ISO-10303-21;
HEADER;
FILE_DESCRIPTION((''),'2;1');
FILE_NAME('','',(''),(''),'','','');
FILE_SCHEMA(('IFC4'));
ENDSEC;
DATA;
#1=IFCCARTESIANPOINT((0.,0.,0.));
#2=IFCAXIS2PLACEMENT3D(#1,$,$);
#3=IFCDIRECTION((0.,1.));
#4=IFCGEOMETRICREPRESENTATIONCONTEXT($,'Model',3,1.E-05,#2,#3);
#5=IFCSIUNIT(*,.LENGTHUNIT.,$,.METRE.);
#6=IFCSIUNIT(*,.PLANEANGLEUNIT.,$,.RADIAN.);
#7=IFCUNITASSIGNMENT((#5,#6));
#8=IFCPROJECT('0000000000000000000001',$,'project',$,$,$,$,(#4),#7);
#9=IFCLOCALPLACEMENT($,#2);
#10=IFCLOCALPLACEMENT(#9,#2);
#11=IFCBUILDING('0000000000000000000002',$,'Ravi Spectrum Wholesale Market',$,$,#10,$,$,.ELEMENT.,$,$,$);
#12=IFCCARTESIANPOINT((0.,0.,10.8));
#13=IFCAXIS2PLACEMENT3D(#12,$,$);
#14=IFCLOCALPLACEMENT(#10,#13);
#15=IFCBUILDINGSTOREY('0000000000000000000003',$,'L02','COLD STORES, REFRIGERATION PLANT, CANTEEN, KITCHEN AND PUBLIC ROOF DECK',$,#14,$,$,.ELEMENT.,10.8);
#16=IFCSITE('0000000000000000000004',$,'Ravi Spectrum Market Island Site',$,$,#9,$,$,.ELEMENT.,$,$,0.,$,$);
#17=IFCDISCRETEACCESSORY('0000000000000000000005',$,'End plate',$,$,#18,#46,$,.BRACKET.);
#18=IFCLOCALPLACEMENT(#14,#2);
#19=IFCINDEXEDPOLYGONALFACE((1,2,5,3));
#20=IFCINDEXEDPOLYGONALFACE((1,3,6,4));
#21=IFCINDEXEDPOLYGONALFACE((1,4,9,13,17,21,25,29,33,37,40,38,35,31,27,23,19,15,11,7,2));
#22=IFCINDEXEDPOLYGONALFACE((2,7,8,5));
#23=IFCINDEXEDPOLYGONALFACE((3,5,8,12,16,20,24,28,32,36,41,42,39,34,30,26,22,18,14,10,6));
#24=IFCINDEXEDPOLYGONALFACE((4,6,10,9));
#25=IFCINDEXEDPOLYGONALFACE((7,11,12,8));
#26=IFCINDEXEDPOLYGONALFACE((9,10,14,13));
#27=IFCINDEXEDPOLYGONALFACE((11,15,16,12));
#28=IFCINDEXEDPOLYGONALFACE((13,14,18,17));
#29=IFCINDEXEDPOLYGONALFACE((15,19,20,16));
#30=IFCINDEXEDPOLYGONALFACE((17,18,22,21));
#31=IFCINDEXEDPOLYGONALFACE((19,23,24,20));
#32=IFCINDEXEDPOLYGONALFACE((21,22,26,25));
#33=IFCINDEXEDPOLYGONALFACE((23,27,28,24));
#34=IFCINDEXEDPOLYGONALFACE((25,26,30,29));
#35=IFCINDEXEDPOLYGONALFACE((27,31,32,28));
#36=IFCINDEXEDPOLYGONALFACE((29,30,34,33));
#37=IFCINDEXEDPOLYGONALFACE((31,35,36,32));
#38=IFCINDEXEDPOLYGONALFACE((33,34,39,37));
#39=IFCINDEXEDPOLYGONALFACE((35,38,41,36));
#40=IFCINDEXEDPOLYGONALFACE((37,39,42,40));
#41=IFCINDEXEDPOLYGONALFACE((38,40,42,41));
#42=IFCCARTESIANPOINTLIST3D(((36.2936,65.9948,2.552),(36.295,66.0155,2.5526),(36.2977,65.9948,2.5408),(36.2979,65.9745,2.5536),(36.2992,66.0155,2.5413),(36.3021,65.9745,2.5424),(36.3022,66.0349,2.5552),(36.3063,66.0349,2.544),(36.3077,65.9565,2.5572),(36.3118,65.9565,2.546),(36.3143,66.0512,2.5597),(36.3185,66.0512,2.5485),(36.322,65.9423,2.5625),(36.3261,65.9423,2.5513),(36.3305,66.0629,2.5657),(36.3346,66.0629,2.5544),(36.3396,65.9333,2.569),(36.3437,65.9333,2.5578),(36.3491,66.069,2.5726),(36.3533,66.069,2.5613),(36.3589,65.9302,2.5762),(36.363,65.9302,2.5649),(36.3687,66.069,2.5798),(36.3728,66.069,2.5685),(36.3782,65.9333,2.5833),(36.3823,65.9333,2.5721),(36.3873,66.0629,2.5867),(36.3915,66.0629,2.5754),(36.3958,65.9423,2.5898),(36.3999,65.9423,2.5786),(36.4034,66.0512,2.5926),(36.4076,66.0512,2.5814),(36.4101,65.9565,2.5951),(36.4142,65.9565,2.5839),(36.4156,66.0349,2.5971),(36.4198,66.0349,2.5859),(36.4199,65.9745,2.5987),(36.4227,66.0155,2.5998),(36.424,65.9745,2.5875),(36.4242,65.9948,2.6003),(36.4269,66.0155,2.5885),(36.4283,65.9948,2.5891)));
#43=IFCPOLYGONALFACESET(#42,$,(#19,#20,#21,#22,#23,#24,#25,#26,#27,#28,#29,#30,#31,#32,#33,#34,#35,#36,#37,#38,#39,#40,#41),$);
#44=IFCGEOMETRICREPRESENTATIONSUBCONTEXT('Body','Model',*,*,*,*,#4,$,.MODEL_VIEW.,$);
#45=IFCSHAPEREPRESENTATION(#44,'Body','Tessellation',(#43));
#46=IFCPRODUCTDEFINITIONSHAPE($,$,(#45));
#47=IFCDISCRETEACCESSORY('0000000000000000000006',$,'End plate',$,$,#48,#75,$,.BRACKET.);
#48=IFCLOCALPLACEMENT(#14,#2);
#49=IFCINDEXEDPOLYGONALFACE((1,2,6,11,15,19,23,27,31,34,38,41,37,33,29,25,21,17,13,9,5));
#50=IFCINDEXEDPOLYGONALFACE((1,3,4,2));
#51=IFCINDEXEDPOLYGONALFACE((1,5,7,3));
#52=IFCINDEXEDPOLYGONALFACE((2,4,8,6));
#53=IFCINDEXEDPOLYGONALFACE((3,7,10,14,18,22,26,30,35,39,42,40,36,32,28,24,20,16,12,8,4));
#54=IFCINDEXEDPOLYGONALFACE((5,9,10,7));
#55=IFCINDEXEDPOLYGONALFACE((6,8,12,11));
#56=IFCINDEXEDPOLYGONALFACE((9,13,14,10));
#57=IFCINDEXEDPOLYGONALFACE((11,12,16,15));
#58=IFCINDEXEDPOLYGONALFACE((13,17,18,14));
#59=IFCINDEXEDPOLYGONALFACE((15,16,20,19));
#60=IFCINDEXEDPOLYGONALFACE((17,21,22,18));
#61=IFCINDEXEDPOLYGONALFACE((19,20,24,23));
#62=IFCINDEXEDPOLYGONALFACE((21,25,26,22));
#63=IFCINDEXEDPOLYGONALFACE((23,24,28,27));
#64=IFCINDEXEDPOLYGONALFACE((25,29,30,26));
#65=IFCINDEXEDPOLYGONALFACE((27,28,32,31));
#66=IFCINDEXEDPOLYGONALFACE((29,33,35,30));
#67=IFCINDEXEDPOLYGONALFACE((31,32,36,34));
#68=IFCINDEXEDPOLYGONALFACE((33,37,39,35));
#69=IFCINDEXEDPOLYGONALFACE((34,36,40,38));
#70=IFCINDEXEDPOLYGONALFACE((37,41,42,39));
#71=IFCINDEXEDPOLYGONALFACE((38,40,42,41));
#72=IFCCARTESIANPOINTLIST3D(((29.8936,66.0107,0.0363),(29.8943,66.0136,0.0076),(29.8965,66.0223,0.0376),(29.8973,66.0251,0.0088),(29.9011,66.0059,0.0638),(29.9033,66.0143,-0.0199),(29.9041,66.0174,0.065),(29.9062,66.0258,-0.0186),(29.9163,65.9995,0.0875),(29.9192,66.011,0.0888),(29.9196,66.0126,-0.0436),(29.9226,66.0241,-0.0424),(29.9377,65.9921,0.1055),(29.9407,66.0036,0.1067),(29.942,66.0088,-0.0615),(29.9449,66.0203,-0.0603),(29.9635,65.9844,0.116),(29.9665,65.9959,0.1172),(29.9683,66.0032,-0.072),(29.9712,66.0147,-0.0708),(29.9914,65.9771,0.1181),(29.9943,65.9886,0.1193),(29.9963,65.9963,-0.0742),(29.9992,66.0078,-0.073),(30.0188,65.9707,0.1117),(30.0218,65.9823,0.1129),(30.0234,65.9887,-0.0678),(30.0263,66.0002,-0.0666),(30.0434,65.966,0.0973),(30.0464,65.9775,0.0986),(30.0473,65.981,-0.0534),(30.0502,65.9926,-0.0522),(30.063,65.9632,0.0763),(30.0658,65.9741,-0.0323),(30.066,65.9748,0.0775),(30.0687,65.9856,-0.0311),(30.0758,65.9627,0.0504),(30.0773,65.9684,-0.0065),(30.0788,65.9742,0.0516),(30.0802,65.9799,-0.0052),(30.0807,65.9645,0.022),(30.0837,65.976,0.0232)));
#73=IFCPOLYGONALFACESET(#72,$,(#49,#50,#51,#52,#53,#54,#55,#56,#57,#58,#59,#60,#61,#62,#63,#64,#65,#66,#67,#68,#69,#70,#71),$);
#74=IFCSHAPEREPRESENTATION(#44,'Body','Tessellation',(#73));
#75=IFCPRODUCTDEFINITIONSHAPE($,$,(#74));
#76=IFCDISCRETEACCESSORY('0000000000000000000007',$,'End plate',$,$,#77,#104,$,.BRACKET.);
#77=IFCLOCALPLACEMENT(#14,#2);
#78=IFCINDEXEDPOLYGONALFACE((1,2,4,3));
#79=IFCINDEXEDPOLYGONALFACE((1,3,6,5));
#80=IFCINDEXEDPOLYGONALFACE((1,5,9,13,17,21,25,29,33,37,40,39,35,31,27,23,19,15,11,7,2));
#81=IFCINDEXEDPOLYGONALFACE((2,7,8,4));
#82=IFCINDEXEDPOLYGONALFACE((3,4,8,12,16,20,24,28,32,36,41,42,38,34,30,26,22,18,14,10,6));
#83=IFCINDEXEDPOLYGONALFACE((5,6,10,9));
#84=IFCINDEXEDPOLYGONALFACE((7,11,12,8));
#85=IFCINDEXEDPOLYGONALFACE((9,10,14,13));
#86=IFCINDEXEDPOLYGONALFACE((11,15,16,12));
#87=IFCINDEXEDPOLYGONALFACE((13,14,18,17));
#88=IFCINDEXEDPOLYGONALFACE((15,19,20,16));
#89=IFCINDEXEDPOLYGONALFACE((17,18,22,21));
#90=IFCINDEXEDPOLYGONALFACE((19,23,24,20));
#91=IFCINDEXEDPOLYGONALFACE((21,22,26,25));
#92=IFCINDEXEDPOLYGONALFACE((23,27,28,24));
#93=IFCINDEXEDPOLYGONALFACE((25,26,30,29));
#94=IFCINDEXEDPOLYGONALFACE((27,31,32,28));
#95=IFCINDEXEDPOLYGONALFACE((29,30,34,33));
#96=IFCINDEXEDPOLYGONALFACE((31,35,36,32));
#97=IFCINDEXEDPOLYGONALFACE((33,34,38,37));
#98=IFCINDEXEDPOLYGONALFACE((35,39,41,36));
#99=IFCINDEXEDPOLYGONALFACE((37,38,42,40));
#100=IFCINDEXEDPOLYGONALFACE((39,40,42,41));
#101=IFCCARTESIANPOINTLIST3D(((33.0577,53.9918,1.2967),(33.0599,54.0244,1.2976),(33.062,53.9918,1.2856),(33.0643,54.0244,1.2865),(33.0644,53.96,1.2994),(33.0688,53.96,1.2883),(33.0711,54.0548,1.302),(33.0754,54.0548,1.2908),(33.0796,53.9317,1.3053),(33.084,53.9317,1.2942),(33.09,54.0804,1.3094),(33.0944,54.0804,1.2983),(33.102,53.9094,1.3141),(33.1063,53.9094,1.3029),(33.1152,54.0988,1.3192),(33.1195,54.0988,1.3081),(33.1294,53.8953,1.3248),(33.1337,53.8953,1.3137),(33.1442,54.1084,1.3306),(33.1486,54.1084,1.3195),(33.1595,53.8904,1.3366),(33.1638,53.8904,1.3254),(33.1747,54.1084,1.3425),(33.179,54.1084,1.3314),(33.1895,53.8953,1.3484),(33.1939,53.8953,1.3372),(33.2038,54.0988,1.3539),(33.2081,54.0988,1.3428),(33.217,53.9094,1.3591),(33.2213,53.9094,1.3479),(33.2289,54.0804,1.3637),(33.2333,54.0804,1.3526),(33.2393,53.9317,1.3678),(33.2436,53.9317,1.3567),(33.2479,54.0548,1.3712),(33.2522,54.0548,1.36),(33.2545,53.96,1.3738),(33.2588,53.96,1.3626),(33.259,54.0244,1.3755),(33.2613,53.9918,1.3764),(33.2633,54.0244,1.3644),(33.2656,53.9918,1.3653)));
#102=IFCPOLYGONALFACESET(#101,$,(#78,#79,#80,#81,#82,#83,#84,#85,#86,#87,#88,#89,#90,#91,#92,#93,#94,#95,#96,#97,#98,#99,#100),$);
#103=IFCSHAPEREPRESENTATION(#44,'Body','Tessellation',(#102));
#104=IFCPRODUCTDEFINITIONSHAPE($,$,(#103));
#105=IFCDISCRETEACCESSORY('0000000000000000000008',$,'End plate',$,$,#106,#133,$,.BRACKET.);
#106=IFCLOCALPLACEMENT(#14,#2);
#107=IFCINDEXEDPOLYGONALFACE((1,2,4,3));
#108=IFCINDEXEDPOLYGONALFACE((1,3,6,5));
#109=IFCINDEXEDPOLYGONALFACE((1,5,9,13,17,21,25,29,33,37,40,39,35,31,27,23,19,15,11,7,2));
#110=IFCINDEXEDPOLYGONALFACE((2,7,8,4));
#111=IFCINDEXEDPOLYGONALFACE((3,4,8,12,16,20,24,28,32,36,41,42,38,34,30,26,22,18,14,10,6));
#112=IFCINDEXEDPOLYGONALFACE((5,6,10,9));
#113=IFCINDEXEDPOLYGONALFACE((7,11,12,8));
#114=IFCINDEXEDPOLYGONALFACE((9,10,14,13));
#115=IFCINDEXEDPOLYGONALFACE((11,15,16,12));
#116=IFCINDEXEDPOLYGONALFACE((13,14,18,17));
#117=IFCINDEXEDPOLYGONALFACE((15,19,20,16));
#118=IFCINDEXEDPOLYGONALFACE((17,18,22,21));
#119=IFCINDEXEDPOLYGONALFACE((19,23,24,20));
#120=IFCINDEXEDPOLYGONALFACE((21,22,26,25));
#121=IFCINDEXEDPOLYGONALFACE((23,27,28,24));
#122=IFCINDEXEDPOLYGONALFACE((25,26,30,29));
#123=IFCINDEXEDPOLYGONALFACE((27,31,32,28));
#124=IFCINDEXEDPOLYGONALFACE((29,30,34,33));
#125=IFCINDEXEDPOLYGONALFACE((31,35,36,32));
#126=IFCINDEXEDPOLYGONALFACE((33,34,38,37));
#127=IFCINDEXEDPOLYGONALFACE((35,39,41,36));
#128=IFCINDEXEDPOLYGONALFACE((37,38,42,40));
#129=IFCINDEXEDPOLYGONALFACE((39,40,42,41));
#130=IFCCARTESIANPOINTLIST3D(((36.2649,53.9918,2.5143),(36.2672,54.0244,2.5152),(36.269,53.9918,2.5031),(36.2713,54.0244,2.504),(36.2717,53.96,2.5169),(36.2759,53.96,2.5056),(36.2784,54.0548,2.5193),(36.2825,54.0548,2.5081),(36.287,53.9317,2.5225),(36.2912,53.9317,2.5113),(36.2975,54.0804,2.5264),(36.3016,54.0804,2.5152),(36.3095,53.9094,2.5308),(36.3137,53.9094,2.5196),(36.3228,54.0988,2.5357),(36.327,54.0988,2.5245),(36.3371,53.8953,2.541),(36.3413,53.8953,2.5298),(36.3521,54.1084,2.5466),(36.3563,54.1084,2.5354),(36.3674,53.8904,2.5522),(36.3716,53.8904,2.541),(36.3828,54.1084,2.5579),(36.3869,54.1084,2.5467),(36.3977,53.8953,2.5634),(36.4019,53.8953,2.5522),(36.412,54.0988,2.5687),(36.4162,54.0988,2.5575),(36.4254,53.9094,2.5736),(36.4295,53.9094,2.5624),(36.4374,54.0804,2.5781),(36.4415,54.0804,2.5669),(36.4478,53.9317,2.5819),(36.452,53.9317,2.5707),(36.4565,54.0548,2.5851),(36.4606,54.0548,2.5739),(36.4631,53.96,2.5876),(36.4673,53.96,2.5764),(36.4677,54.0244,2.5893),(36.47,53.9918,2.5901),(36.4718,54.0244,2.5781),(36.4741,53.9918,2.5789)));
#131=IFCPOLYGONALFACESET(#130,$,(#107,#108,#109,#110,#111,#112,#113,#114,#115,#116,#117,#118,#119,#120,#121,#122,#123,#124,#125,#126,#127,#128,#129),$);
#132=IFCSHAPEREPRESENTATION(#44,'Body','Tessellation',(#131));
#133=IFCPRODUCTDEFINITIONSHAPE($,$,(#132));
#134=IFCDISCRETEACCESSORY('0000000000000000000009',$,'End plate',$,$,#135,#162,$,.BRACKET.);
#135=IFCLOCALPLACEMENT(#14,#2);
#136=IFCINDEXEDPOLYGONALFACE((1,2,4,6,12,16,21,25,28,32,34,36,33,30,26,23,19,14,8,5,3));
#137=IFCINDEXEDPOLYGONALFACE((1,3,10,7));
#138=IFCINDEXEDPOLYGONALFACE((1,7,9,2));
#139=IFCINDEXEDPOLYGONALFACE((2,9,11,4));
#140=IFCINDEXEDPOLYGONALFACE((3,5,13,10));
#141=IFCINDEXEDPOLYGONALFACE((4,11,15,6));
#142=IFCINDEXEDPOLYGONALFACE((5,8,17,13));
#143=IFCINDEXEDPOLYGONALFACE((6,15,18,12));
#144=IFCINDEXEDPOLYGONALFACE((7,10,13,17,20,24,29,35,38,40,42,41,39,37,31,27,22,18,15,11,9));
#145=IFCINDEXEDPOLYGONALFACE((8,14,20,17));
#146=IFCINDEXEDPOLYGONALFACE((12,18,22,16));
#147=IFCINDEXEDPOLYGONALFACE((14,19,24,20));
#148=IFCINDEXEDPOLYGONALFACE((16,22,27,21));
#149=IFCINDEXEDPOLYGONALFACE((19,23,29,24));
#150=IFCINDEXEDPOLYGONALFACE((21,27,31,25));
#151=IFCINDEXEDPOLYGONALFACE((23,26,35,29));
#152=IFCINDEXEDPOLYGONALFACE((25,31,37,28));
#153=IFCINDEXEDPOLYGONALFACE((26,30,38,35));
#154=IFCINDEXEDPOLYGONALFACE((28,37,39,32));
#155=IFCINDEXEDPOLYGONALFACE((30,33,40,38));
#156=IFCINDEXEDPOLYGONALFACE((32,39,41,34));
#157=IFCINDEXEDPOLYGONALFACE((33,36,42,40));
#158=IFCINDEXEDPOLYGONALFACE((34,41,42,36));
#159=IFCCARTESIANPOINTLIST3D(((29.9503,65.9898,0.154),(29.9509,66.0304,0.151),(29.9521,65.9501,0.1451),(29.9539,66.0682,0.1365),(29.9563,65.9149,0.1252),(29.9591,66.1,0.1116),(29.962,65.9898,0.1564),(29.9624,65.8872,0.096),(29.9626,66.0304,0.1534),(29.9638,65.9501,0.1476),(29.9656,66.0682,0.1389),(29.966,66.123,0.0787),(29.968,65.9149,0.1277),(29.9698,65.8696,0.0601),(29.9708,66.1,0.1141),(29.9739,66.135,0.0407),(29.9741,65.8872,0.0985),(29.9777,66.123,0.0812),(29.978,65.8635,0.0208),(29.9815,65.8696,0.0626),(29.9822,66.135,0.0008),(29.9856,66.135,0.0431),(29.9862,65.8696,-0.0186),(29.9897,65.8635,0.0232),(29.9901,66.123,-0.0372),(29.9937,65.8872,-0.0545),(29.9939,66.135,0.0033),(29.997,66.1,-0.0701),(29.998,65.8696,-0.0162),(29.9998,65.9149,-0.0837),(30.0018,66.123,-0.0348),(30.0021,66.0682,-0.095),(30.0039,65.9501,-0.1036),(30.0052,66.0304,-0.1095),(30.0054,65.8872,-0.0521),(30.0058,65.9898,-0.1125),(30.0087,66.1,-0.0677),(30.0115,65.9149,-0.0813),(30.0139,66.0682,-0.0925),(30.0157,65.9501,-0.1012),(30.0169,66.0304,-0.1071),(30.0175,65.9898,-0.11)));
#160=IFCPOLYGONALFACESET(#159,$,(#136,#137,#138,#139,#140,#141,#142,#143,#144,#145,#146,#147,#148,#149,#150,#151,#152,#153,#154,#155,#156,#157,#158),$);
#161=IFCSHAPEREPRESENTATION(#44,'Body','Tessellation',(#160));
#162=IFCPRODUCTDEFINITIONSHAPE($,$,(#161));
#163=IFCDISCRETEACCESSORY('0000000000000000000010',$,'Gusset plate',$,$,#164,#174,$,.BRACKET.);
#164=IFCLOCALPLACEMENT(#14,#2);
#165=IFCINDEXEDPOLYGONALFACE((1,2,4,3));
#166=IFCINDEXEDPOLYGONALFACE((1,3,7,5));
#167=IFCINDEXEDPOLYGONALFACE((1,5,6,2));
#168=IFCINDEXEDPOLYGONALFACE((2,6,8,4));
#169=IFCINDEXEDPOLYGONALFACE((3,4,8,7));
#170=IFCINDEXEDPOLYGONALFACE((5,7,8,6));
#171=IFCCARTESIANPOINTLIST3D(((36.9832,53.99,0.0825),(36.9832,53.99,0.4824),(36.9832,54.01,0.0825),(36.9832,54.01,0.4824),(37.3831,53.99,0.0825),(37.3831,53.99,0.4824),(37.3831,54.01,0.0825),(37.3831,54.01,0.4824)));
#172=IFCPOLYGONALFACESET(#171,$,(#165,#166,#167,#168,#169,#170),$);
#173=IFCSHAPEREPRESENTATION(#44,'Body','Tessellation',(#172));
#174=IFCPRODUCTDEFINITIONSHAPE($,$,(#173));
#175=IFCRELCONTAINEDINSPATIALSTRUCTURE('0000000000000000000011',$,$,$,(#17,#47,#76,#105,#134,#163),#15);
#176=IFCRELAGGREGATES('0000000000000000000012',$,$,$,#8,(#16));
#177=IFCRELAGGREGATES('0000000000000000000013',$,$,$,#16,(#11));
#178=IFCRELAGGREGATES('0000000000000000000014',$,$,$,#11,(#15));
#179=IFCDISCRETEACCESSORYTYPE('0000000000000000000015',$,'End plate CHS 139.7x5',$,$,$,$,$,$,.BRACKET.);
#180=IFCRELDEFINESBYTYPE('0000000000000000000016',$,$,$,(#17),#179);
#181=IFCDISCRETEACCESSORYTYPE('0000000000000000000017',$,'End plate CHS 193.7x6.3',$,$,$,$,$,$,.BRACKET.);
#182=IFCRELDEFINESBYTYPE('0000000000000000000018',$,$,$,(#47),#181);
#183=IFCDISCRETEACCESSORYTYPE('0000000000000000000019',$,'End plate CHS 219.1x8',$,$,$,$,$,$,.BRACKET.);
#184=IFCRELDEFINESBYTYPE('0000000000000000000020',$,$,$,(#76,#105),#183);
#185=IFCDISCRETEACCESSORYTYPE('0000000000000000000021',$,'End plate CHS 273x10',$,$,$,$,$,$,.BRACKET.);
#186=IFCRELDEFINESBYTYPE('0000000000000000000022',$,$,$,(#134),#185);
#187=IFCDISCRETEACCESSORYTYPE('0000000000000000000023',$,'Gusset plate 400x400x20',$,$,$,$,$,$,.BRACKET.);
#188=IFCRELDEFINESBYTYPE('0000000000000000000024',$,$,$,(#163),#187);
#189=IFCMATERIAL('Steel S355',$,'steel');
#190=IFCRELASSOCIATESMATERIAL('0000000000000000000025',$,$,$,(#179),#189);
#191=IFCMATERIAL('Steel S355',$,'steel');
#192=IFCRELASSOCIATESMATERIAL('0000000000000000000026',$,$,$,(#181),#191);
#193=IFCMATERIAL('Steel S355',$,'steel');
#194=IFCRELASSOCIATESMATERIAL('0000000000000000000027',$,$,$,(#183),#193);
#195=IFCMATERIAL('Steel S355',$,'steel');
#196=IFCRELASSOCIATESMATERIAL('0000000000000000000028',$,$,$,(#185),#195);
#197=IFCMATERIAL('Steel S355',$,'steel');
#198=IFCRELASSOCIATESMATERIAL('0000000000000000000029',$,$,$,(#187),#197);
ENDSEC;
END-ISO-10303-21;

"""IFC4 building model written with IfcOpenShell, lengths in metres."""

from ifc_helpers import new_model, si_unit, direction, frame, origin, origin_2d, place, context, subcontext, project, spatial, rectangle, circle, extrude, material, material_profile, profile_set, type_object, element, save


model = new_model("IFC4")

# Units and contexts
model_context = context("Model", 3, precision=1e-05, world=origin(), true_north=direction((0.0, 1.0)))
body_context = subcontext(model_context, "Body", "Model", "MODEL_VIEW")
ifc_project = project(units=[si_unit("LENGTHUNIT", "METRE"), si_unit("PLANEANGLEUNIT", "RADIAN")], contexts=[model_context])

# Site, building, storey
site_placement = place(None, origin())
site = spatial("IfcSite", under=ifc_project, at=site_placement, Name="Ravi Spectrum Market Island Site", CompositionType="ELEMENT", RefElevation=0.0)
building_placement = place(site_placement, origin())
building = spatial("IfcBuilding", under=site, at=building_placement, Name="Ravi Spectrum Wholesale Market", CompositionType="ELEMENT")
storey_placement = place(building_placement, frame((0.0, 0.0, 10.8)))
storey = spatial("IfcBuildingStorey", under=building, at=storey_placement, Name="L02", Description="COLD STORES, REFRIGERATION PLANT, CANTEEN, KITCHEN AND PUBLIC ROOF DECK", CompositionType="ELEMENT", Elevation=10.8)

# Discrete accessories
ifc_material_1 = material(Name="Steel S355", Category="steel")
ifc_material_profile_1 = material_profile(ifc_material_1, circle(Radius=0.0698, at=origin_2d()))
ifc_profile_set_1 = profile_set([ifc_material_profile_1], Name="Steel S355")
discrete_accessory_type_1 = type_object("IfcDiscreteAccessoryType", Name="End plate CHS 139.7x5", PredefinedType="BRACKET", material=ifc_profile_set_1)
discrete_accessory_1_placement = place(storey_placement, frame((36.363, 66.0, 2.5649), z_axis=(-0.34665, 0.0, 0.937994), x_axis=(0.0, -1.0, 0.0)))
element("IfcDiscreteAccessory", 1, at=discrete_accessory_1_placement, inside=storey, type_object=discrete_accessory_type_1, Name="End plate", PredefinedType="BRACKET", context=body_context, shape_type="SweptSolid", body=[
    extrude(circle(Radius=0.0698, at=origin_2d()), origin(), (0.0, 0.0, 1.0), 0.012),
])
ifc_material_2 = material(Name="Steel S355", Category="steel")
ifc_material_profile_2 = material_profile(ifc_material_2, circle(Radius=0.0969, at=origin_2d()))
ifc_profile_set_2 = profile_set([ifc_material_profile_2], Name="Steel S355")
discrete_accessory_type_2 = type_object("IfcDiscreteAccessoryType", Name="End plate CHS 193.7x6.3", PredefinedType="BRACKET", material=ifc_profile_set_2)
discrete_accessory_2_placement = place(storey_placement, frame((29.9897, 66.0, 0.0232), z_axis=(-0.246079, -0.963811, -0.102533), x_axis=(0.968918, -0.247383, 0.0)))
element("IfcDiscreteAccessory", 2, at=discrete_accessory_2_placement, inside=storey, type_object=discrete_accessory_type_2, Name="End plate", PredefinedType="BRACKET", context=body_context, shape_type="SweptSolid", body=[
    extrude(circle(Radius=0.0969, at=origin_2d()), origin(), (0.0, 0.0, 1.0), 0.012),
])
ifc_material_3 = material(Name="Steel S355", Category="steel")
ifc_material_profile_3 = material_profile(ifc_material_3, circle(Radius=0.1096, at=origin_2d()))
ifc_profile_set_3 = profile_set([ifc_material_profile_3], Name="Steel S355")
discrete_accessory_type_3 = type_object("IfcDiscreteAccessoryType", Name="End plate CHS 219.1x8", PredefinedType="BRACKET", material=ifc_profile_set_3)
for number, where, z_axis, x_axis, name in (
    (3, (33.1638, 54.0, 1.3254), (-0.364399, 0.0, 0.931243), (0.0, -1.0, 0.0), "End plate"),
    (4, (36.3716, 54.0, 2.541), (-0.34665, 0.0, 0.937994), (0.0, -1.0, 0.0), "End plate"),
):
    element("IfcDiscreteAccessory", number, at=place(storey_placement, frame(where, z_axis=z_axis, x_axis=x_axis)), inside=storey, type_object=discrete_accessory_type_3, Name=name, PredefinedType="BRACKET", context=body_context, shape_type="SweptSolid", body=[
        extrude(circle(Radius=0.1096, at=origin_2d()), origin(), (0.0, 0.0, 1.0), 0.012),
    ])
ifc_material_4 = material(Name="Steel S355", Category="steel")
ifc_material_profile_4 = material_profile(ifc_material_4, circle(Radius=0.1365, at=origin_2d()))
ifc_profile_set_4 = profile_set([ifc_material_profile_4], Name="Steel S355")
discrete_accessory_type_4 = type_object("IfcDiscreteAccessoryType", Name="End plate CHS 273x10", PredefinedType="BRACKET", material=ifc_profile_set_4)
discrete_accessory_3_placement = place(storey_placement, frame((29.9897, 66.0, 0.0232), z_axis=(-0.97898, 0.0, -0.203954), x_axis=(0.0, -1.0, 0.0)))
element("IfcDiscreteAccessory", 5, at=discrete_accessory_3_placement, inside=storey, type_object=discrete_accessory_type_4, Name="End plate", PredefinedType="BRACKET", context=body_context, shape_type="SweptSolid", body=[
    extrude(circle(Radius=0.1365, at=origin_2d()), origin(), (0.0, 0.0, 1.0), 0.012),
])
ifc_material_5 = material(Name="Steel S355", Category="steel")
ifc_material_profile_5 = material_profile(ifc_material_5, rectangle(XDim=0.3999, YDim=0.02, at=origin_2d()))
ifc_profile_set_5 = profile_set([ifc_material_profile_5], Name="Steel S355")
discrete_accessory_type_5 = type_object("IfcDiscreteAccessoryType", Name="Gusset plate 400x400x20", PredefinedType="BRACKET", material=ifc_profile_set_5)
discrete_accessory_4_placement = place(storey_placement, frame((37.1831, 54.0, 0.0825), z_axis=(0.0, 0.0, 1.0), x_axis=(1.0, 0.0, 0.0)))
element("IfcDiscreteAccessory", 6, at=discrete_accessory_4_placement, inside=storey, type_object=discrete_accessory_type_5, Name="Gusset plate", PredefinedType="BRACKET", context=body_context, shape_type="SweptSolid", body=[
    extrude(rectangle(XDim=0.3999, YDim=0.02, at=origin_2d()), origin(), (0.0, 0.0, 1.0), 0.3999),
])

save(model, "model.ifc")
